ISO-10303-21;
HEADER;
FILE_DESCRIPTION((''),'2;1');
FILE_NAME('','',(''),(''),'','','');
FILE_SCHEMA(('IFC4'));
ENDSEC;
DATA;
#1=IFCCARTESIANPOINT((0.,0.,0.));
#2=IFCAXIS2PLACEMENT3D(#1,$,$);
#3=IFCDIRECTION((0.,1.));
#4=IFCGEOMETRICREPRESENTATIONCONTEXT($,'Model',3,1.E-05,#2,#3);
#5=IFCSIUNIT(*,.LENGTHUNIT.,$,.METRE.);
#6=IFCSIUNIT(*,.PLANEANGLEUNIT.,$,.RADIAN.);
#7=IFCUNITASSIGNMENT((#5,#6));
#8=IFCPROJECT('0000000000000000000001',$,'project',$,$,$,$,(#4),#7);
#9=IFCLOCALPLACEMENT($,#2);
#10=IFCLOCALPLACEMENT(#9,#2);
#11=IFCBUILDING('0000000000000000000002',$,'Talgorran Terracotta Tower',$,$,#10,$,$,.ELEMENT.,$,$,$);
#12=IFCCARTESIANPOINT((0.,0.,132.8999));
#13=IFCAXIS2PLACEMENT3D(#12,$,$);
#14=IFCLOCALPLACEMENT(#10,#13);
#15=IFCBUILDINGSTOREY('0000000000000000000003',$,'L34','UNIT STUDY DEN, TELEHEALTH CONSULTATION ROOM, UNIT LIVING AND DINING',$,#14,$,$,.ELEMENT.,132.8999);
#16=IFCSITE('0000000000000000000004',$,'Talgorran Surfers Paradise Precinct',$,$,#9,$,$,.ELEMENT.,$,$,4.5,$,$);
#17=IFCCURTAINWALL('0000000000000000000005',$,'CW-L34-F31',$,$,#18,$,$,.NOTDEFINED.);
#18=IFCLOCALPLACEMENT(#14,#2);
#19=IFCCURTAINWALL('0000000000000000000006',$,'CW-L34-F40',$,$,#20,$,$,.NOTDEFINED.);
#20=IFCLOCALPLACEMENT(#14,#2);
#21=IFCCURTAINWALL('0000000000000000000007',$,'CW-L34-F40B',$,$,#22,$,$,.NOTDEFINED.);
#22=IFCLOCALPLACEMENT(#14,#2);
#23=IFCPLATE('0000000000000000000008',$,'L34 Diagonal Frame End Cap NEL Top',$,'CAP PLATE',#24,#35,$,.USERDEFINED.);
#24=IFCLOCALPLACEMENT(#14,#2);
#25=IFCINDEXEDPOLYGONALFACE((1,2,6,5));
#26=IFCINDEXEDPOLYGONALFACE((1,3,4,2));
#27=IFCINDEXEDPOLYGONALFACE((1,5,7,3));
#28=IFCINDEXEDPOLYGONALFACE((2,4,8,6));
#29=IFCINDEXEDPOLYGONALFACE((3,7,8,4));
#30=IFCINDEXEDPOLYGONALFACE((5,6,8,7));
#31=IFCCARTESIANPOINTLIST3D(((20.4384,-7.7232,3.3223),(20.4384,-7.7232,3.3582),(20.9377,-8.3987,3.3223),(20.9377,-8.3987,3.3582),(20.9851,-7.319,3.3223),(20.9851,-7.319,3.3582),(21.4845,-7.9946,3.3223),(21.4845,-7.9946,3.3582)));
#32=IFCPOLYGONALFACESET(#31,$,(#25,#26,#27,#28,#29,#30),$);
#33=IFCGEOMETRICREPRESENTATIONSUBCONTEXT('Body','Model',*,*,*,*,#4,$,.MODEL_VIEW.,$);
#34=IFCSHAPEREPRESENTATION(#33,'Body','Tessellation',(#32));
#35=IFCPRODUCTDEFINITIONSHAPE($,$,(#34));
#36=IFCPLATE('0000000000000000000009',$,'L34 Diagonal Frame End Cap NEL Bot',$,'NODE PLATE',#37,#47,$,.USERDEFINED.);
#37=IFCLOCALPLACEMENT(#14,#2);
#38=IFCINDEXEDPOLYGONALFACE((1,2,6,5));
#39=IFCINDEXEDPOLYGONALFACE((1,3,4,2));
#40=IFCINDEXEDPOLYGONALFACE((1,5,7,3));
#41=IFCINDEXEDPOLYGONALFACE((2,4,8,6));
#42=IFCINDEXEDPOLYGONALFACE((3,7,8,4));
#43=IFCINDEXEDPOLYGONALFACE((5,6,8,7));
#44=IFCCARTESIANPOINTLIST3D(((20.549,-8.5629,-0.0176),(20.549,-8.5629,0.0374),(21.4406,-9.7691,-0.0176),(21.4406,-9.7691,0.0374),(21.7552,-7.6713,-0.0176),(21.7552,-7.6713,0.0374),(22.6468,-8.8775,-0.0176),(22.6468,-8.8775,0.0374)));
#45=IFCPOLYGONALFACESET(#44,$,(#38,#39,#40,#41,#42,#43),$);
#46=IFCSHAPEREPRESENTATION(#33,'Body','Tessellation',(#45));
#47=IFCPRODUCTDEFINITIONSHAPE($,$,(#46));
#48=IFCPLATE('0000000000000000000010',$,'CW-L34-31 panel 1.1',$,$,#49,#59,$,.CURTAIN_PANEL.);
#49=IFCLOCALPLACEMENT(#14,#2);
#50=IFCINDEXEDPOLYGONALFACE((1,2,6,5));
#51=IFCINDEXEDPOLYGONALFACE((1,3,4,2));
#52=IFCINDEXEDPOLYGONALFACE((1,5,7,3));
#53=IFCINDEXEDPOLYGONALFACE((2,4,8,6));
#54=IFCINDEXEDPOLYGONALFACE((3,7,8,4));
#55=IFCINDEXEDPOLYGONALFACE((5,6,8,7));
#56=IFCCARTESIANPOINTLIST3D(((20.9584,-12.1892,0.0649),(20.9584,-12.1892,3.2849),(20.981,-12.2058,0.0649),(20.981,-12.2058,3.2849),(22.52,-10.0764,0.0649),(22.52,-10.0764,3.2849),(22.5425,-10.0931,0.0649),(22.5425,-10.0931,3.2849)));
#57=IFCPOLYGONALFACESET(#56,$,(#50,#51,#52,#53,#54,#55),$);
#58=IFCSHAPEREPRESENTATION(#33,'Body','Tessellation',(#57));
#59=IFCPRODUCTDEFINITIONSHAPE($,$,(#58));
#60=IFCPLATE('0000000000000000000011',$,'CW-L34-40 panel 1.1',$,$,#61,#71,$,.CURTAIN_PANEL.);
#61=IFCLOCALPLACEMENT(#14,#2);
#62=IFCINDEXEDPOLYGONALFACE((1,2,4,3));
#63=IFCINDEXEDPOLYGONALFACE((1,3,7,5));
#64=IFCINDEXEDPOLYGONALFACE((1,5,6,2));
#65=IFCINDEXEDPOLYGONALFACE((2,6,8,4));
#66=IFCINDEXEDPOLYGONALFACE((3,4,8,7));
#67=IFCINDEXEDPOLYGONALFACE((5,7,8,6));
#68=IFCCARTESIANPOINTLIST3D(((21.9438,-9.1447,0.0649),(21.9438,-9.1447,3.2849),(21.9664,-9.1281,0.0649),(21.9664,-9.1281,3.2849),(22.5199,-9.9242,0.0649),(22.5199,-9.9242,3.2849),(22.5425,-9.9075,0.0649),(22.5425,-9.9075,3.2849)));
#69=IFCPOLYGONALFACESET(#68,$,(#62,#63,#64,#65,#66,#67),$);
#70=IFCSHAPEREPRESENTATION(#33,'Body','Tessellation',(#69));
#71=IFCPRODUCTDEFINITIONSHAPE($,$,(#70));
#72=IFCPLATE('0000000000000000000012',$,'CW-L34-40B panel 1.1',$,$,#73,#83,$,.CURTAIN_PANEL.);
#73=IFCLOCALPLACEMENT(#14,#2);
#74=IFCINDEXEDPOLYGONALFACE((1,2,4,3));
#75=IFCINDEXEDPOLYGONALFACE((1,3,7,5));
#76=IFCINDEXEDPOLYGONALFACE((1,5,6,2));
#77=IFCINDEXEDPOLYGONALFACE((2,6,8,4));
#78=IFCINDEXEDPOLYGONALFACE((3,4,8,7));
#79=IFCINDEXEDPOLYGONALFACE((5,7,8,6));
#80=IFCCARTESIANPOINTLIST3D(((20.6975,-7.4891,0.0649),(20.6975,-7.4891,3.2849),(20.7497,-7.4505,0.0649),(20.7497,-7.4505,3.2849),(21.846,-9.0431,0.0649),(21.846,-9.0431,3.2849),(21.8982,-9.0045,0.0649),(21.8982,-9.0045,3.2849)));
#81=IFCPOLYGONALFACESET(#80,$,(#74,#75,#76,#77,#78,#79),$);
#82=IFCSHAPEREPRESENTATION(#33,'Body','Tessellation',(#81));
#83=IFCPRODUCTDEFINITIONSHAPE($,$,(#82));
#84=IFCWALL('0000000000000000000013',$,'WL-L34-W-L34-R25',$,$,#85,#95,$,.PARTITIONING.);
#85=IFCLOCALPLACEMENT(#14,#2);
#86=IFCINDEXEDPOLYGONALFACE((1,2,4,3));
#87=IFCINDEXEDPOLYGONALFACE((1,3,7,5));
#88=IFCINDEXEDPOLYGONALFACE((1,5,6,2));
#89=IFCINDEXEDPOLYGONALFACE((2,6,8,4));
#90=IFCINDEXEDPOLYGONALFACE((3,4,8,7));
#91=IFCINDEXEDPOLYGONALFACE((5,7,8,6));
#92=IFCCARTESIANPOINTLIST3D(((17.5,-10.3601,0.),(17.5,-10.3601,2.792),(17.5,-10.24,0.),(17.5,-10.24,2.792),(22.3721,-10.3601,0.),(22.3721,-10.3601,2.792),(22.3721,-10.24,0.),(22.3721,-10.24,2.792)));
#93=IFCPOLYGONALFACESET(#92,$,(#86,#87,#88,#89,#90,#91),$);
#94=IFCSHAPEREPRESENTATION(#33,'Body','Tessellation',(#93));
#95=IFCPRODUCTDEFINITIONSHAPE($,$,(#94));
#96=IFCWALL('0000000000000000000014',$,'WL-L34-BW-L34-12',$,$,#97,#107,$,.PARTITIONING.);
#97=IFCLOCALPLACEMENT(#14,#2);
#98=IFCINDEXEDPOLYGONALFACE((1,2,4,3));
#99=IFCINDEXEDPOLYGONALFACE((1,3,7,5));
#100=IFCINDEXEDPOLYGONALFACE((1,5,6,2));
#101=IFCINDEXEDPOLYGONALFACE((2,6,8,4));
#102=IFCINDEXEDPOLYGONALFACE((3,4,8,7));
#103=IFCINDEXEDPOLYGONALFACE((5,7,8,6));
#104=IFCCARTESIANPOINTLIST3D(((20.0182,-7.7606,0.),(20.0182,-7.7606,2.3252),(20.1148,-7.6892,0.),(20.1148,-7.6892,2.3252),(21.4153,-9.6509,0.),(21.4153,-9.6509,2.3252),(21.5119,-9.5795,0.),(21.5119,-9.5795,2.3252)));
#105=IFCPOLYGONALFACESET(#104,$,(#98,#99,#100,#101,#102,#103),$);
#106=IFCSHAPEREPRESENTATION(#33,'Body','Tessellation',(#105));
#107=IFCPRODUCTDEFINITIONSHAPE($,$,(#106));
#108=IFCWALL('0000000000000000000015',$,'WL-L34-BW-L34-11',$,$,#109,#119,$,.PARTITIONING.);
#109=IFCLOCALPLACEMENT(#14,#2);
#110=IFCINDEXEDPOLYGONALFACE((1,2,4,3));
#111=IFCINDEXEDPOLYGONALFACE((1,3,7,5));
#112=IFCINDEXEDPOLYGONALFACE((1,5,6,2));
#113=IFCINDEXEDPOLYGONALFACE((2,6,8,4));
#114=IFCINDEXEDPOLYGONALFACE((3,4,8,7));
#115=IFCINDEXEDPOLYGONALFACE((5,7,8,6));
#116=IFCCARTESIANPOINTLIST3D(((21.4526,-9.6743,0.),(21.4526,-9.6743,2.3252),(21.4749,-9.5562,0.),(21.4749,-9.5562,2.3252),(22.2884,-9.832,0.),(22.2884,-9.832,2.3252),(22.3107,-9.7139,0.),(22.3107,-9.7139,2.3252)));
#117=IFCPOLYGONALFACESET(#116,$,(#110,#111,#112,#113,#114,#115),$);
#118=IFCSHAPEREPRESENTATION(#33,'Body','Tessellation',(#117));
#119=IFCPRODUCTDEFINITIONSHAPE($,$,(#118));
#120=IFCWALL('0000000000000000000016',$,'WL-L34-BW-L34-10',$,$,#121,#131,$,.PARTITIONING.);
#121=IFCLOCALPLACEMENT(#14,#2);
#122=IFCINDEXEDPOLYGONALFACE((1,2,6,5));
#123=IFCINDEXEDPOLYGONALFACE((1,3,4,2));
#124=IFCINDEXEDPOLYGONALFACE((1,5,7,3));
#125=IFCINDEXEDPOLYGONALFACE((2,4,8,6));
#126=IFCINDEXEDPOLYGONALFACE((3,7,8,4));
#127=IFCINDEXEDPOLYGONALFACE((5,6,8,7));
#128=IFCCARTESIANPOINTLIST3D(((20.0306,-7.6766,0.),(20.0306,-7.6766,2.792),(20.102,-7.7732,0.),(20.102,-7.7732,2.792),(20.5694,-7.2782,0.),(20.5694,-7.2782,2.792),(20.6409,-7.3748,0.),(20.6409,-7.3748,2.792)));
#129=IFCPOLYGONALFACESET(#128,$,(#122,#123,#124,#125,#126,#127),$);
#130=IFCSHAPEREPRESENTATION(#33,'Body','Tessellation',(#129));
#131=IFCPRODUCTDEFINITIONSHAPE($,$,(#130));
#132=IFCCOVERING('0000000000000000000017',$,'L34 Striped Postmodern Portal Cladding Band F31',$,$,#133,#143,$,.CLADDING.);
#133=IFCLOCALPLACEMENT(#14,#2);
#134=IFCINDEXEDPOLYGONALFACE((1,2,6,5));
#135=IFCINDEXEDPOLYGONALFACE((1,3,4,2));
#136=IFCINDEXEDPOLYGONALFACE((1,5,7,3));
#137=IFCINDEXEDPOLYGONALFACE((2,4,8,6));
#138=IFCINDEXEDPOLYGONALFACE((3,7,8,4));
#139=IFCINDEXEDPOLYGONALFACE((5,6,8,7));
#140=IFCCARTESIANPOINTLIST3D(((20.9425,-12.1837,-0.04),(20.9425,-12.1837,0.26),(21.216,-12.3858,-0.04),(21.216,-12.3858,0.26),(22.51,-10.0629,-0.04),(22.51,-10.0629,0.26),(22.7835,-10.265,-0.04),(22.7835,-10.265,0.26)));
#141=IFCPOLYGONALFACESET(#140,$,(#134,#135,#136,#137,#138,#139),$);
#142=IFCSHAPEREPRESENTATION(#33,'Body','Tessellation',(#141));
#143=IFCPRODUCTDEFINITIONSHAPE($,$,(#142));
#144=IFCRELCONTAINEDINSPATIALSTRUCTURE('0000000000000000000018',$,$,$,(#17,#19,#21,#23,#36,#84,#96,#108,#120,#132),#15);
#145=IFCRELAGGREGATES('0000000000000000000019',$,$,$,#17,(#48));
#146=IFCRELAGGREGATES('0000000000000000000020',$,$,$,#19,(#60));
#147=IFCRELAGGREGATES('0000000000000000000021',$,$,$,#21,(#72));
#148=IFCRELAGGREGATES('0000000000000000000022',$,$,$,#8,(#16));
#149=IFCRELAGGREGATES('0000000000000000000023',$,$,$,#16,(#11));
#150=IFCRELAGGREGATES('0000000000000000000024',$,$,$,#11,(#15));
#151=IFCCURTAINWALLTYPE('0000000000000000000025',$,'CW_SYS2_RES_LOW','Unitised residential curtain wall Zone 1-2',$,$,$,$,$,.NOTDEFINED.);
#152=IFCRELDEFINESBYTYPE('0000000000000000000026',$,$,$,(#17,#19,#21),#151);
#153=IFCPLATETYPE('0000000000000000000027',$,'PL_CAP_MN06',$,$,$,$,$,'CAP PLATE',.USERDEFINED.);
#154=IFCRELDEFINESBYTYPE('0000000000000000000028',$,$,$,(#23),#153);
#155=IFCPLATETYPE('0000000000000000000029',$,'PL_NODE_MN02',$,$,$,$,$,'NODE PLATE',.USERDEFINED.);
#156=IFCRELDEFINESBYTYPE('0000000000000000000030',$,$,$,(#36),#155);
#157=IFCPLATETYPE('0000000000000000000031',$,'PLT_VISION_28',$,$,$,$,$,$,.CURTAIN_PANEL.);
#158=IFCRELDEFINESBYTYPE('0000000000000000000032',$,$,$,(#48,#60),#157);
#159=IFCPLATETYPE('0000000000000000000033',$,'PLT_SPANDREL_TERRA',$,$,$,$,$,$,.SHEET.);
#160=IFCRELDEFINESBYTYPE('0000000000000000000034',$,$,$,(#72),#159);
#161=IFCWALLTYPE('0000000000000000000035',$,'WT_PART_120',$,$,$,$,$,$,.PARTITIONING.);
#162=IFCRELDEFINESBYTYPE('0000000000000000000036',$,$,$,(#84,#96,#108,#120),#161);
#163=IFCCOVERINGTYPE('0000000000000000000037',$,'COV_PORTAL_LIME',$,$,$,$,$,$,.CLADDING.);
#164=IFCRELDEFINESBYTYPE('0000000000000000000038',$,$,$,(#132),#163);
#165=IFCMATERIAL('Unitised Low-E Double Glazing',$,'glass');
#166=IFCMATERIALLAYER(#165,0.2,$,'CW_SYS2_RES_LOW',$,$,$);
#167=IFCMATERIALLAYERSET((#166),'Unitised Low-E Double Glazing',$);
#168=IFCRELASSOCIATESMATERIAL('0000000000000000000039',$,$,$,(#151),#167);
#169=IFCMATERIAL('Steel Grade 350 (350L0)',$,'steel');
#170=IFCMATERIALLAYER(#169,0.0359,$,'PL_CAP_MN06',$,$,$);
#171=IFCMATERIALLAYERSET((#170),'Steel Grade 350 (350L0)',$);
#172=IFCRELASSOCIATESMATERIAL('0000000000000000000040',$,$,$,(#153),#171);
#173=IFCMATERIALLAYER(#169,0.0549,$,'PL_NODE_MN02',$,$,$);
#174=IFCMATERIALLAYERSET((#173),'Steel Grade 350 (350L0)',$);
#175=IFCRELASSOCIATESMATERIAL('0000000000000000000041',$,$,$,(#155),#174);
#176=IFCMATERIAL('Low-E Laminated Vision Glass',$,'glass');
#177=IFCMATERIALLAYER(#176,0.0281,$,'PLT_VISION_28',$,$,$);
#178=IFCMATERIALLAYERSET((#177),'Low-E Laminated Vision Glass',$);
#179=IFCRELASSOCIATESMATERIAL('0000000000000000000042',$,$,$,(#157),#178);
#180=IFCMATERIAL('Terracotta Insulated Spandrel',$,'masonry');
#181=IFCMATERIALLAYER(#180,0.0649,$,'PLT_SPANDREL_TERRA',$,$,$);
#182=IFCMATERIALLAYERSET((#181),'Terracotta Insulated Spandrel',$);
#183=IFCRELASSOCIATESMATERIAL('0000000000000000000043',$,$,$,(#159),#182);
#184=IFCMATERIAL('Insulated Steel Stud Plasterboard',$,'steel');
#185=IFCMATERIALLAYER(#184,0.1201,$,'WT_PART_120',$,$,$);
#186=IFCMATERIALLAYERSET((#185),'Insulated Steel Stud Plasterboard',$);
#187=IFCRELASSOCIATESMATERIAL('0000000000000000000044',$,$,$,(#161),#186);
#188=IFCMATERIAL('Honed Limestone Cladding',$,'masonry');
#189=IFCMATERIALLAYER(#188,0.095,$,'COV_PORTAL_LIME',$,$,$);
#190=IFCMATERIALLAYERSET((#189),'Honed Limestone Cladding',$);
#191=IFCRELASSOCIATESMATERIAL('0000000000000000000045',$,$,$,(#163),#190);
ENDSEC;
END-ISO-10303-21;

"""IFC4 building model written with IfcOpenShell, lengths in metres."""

from ifc_helpers import new_model, si_unit, direction, frame, frame_2d, origin, origin_2d, place, context, subcontext, project, spatial, rectangle, extrude, source, transform, mapped, material, layer, layer_set, type_object, type_shapes, element, aggregate, save


model = new_model("IFC4")

# Units and contexts
model_context = context("Model", 3, precision=1e-05, world=origin(), true_north=direction((0.0, 1.0)))
body_context = subcontext(model_context, "Body", "Model", "MODEL_VIEW")
ifc_project = project(units=[si_unit("LENGTHUNIT", "METRE"), si_unit("PLANEANGLEUNIT", "RADIAN")], contexts=[model_context])

# Site, building, storey
site_placement = place(None, origin())
site = spatial("IfcSite", under=ifc_project, at=site_placement, Name="Talgorran Surfers Paradise Precinct", CompositionType="ELEMENT", RefElevation=4.5)
building_placement = place(site_placement, origin())
building = spatial("IfcBuilding", under=site, at=building_placement, Name="Talgorran Terracotta Tower", CompositionType="ELEMENT")
storey_placement = place(building_placement, frame((0.0, 0.0, 132.8999)))
storey = spatial("IfcBuildingStorey", under=building, at=storey_placement, Name="L34", Description="UNIT STUDY DEN, TELEHEALTH CONSULTATION ROOM, UNIT LIVING AND DINING", CompositionType="ELEMENT", Elevation=132.8999)

# Shared definitions
ifc_material_1 = material(Name="Steel Grade 350 (350L0)", Category="steel")

# Curtain wall
ifc_material_2 = material(Name="Unitised Low-E Double Glazing", Category="glass")
ifc_layer_1 = layer(ifc_material_2, 0.2, Name="CW_SYS2_RES_LOW")
ifc_layer_set_1 = layer_set([ifc_layer_1], Name="Unitised Low-E Double Glazing")
curtain_wall_type = type_object("IfcCurtainWallType", Name="CW_SYS2_RES_LOW", Description="Unitised residential curtain wall Zone 1-2", PredefinedType="NOTDEFINED", material=ifc_layer_set_1)
curtain_wall_1_placement = place(storey_placement, origin())
curtain_wall_1 = element("IfcCurtainWall", 1, at=curtain_wall_1_placement, inside=storey, type_object=curtain_wall_type, Name="CW-L34-F31", PredefinedType="NOTDEFINED")

# Curtain wall
curtain_wall_2_placement = place(storey_placement, origin())
curtain_wall_2 = element("IfcCurtainWall", 2, at=curtain_wall_2_placement, inside=storey, type_object=curtain_wall_type, Name="CW-L34-F40", PredefinedType="NOTDEFINED")

# Curtain wall
curtain_wall_3_placement = place(storey_placement, origin())
curtain_wall_3 = element("IfcCurtainWall", 3, at=curtain_wall_3_placement, inside=storey, type_object=curtain_wall_type, Name="CW-L34-F40B", PredefinedType="NOTDEFINED")

# Plates
ifc_layer_2 = layer(ifc_material_1, 0.0359, Name="PL_CAP_MN06")
ifc_layer_set_2 = layer_set([ifc_layer_2], Name="Steel Grade 350 (350L0)")
plate_type_1 = type_object("IfcPlateType", Name="PL_CAP_MN06", ElementType="CAP PLATE", PredefinedType="USERDEFINED", material=ifc_layer_set_2)
plate_1_placement = place(storey_placement, frame((20.9614, -7.8589, 3.3223), z_axis=(0.0, 0.0, 1.0), x_axis=(-0.594402, 0.804168, 0.0)))
element("IfcPlate", 4, at=plate_1_placement, inside=storey, type_object=plate_type_1, Name="L34 Diagonal Frame End Cap NEL Top", ObjectType="CAP PLATE", PredefinedType="USERDEFINED", context=body_context, shape_type="SweptSolid", body=[
    extrude(rectangle(XDim=0.8401, YDim=0.6799, at=origin_2d()), origin(), (0.0, 0.0, 1.0), 0.0359),
])
ifc_layer_3 = layer(ifc_material_1, 0.0549, Name="PL_NODE_MN02")
ifc_layer_set_3 = layer_set([ifc_layer_3], Name="Steel Grade 350 (350L0)")
plate_type_2 = type_object("IfcPlateType", Name="PL_NODE_MN02", ElementType="NODE PLATE", PredefinedType="USERDEFINED", material=ifc_layer_set_3)
plate_2_placement = place(storey_placement, frame((21.5979, -8.7202, -0.0176), z_axis=(0.0, 0.0, 1.0), x_axis=(-0.594402, 0.804168, 0.0)))
element("IfcPlate", 5, at=plate_2_placement, inside=storey, type_object=plate_type_2, Name="L34 Diagonal Frame End Cap NEL Bot", ObjectType="NODE PLATE", PredefinedType="USERDEFINED", context=body_context, shape_type="SweptSolid", body=[
    extrude(rectangle(XDim=1.5, YDim=1.5, at=origin_2d()), origin(), (0.0, 0.0, 1.0), 0.0549),
])

# Plates
ifc_material_3 = material(Name="Low-E Laminated Vision Glass", Category="glass")
ifc_layer_4 = layer(ifc_material_3, 0.0281, Name="PLT_VISION_28")
ifc_layer_set_4 = layer_set([ifc_layer_4], Name="Low-E Laminated Vision Glass")
plate_type_3 = type_object("IfcPlateType", Name="PLT_VISION_28", PredefinedType="CURTAIN_PANEL", material=ifc_layer_set_4)
shared_shape_1 = source(origin(), body_context, "Body", "SweptSolid", [
    extrude(rectangle(XDim=2.6272, YDim=0.0281, at=origin_2d()), origin(), (0.0, 0.0, 1.0), 3.22),
])
plate_3_placement = place(storey_placement, frame((21.7505, -11.1411, 0.0649), z_axis=(0.0, 0.0, 1.0), x_axis=(0.594374, 0.804189, 0.0)))
plate_3 = element("IfcPlate", 6, at=plate_3_placement, type_object=plate_type_3, Name="CW-L34-31 panel 1.1", PredefinedType="CURTAIN_PANEL", context=body_context, shape_type="MappedRepresentation", body=[
    mapped(shared_shape_1, transform((0.0, 0.0, 0.0), scale=1.0)),
])
aggregate(curtain_wall_1, [plate_3])
shared_shape_2 = source(origin(), body_context, "Body", "SweptSolid", [
    extrude(rectangle(XDim=0.9692, YDim=0.0281, at=origin_2d()), origin(), (0.0, 0.0, 1.0), 3.22),
])
type_shapes(plate_type_3, [shared_shape_1, shared_shape_2])
plate_4_placement = place(storey_placement, frame((22.2432, -9.5261, 0.0649), z_axis=(0.0, 0.0, 1.0), x_axis=(-0.594381, 0.804184, 0.0)))
plate_4 = element("IfcPlate", 7, at=plate_4_placement, type_object=plate_type_3, Name="CW-L34-40 panel 1.1", PredefinedType="CURTAIN_PANEL", context=body_context, shape_type="MappedRepresentation", body=[
    mapped(shared_shape_2, transform((0.0, 0.0, 0.0), scale=1.0)),
])
aggregate(curtain_wall_2, [plate_4])
ifc_material_4 = material(Name="Terracotta Insulated Spandrel", Category="masonry")
ifc_layer_5 = layer(ifc_material_4, 0.0649, Name="PLT_SPANDREL_TERRA")
ifc_layer_set_5 = layer_set([ifc_layer_5], Name="Terracotta Insulated Spandrel")
plate_type_4 = type_object("IfcPlateType", Name="PLT_SPANDREL_TERRA", PredefinedType="SHEET", material=ifc_layer_set_5)
shared_shape_3 = source(origin(), body_context, "Body", "SweptSolid", [
    extrude(rectangle(XDim=1.9324, YDim=0.0649, at=origin_2d()), origin(), (0.0, 0.0, 1.0), 3.22),
])
type_shapes(plate_type_4, [shared_shape_3])
plate_5_placement = place(storey_placement, frame((21.2979, -8.2468, 0.0649), z_axis=(0.0, 0.0, 1.0), x_axis=(-0.594345, 0.80421, 0.0)))
plate_5 = element("IfcPlate", 8, at=plate_5_placement, type_object=plate_type_4, Name="CW-L34-40B panel 1.1", PredefinedType="CURTAIN_PANEL", context=body_context, shape_type="MappedRepresentation", body=[
    mapped(shared_shape_3, transform((0.0, 0.0, 0.0), scale=1.0)),
])
aggregate(curtain_wall_3, [plate_5])

# Walls
ifc_material_5 = material(Name="Insulated Steel Stud Plasterboard", Category="steel")
ifc_layer_6 = layer(ifc_material_5, 0.1201, Name="WT_PART_120")
ifc_layer_set_6 = layer_set([ifc_layer_6], Name="Insulated Steel Stud Plasterboard")
wall_type = type_object("IfcWallType", Name="WT_PART_120", PredefinedType="PARTITIONING", material=ifc_layer_set_6)
wall_1_placement = place(storey_placement, frame((17.5, -10.3, 0.0), z_axis=(0.0, 0.0, 1.0), x_axis=(1.0, 0.0, 0.0)))
element("IfcWall", 9, at=wall_1_placement, inside=storey, type_object=wall_type, Name="WL-L34-W-L34-R25", PredefinedType="PARTITIONING", context=body_context, shape_type="SweptSolid", body=[
    extrude(rectangle(XDim=4.8721, YDim=0.1201, at=frame_2d((2.436, 0.0))), origin(), (0.0, 0.0, 1.0), 2.792),
])
wall_2_placement = place(storey_placement, frame((21.4636, -9.6152, 0.0), z_axis=(0.0, 0.0, 1.0), x_axis=(-0.594385, 0.80418, 0.0)))
element("IfcWall", 10, at=wall_2_placement, inside=storey, type_object=wall_type, Name="WL-L34-BW-L34-12", PredefinedType="PARTITIONING", context=body_context, shape_type="SweptSolid", body=[
    extrude(rectangle(XDim=2.3506, YDim=0.1201, at=frame_2d((1.1753, 0.0))), origin(), (0.0, 0.0, 1.0), 2.3252),
])
wall_3_placement = place(storey_placement, frame((22.2996, -9.7729, 0.0), z_axis=(0.0, 0.0, 1.0), x_axis=(-0.982664, 0.185397, 0.0)))
element("IfcWall", 11, at=wall_3_placement, inside=storey, type_object=wall_type, Name="WL-L34-BW-L34-11", PredefinedType="PARTITIONING", context=body_context, shape_type="SweptSolid", body=[
    extrude(rectangle(XDim=0.8506, YDim=0.1201, at=frame_2d((0.4253, 0.0))), origin(), (0.0, 0.0, 1.0), 2.3252),
])
wall_4_placement = place(storey_placement, frame((20.0664, -7.7249, 0.0), z_axis=(0.0, 0.0, 1.0), x_axis=(0.804047, 0.594565, 0.0)))
element("IfcWall", 12, at=wall_4_placement, inside=storey, type_object=wall_type, Name="WL-L34-BW-L34-10", PredefinedType="PARTITIONING", context=body_context, shape_type="SweptSolid", body=[
    extrude(rectangle(XDim=0.6702, YDim=0.1201, at=frame_2d((0.335, 0.0))), origin(), (0.0, 0.0, 1.0), 2.792),
])

# Covering
ifc_material_6 = material(Name="Honed Limestone Cladding", Category="masonry")
ifc_layer_7 = layer(ifc_material_6, 0.095, Name="COV_PORTAL_LIME")
ifc_layer_set_7 = layer_set([ifc_layer_7], Name="Honed Limestone Cladding")
covering_type = type_object("IfcCoveringType", Name="COV_PORTAL_LIME", PredefinedType="CLADDING", material=ifc_layer_set_7)
covering_placement = place(storey_placement, frame((21.863, -11.2244, -0.04), z_axis=(0.0, 0.0, 1.0), x_axis=(0.594374, 0.804189, 0.0)))
element("IfcCovering", 13, at=covering_placement, inside=storey, type_object=covering_type, Name="L34 Striped Postmodern Portal Cladding Band F31", PredefinedType="CLADDING", context=body_context, shape_type="SweptSolid", body=[
    extrude(rectangle(XDim=2.6372, YDim=0.3401, at=origin_2d()), origin(), (0.0, 0.0, 1.0), 0.3),
])

save(model, "model.ifc")
